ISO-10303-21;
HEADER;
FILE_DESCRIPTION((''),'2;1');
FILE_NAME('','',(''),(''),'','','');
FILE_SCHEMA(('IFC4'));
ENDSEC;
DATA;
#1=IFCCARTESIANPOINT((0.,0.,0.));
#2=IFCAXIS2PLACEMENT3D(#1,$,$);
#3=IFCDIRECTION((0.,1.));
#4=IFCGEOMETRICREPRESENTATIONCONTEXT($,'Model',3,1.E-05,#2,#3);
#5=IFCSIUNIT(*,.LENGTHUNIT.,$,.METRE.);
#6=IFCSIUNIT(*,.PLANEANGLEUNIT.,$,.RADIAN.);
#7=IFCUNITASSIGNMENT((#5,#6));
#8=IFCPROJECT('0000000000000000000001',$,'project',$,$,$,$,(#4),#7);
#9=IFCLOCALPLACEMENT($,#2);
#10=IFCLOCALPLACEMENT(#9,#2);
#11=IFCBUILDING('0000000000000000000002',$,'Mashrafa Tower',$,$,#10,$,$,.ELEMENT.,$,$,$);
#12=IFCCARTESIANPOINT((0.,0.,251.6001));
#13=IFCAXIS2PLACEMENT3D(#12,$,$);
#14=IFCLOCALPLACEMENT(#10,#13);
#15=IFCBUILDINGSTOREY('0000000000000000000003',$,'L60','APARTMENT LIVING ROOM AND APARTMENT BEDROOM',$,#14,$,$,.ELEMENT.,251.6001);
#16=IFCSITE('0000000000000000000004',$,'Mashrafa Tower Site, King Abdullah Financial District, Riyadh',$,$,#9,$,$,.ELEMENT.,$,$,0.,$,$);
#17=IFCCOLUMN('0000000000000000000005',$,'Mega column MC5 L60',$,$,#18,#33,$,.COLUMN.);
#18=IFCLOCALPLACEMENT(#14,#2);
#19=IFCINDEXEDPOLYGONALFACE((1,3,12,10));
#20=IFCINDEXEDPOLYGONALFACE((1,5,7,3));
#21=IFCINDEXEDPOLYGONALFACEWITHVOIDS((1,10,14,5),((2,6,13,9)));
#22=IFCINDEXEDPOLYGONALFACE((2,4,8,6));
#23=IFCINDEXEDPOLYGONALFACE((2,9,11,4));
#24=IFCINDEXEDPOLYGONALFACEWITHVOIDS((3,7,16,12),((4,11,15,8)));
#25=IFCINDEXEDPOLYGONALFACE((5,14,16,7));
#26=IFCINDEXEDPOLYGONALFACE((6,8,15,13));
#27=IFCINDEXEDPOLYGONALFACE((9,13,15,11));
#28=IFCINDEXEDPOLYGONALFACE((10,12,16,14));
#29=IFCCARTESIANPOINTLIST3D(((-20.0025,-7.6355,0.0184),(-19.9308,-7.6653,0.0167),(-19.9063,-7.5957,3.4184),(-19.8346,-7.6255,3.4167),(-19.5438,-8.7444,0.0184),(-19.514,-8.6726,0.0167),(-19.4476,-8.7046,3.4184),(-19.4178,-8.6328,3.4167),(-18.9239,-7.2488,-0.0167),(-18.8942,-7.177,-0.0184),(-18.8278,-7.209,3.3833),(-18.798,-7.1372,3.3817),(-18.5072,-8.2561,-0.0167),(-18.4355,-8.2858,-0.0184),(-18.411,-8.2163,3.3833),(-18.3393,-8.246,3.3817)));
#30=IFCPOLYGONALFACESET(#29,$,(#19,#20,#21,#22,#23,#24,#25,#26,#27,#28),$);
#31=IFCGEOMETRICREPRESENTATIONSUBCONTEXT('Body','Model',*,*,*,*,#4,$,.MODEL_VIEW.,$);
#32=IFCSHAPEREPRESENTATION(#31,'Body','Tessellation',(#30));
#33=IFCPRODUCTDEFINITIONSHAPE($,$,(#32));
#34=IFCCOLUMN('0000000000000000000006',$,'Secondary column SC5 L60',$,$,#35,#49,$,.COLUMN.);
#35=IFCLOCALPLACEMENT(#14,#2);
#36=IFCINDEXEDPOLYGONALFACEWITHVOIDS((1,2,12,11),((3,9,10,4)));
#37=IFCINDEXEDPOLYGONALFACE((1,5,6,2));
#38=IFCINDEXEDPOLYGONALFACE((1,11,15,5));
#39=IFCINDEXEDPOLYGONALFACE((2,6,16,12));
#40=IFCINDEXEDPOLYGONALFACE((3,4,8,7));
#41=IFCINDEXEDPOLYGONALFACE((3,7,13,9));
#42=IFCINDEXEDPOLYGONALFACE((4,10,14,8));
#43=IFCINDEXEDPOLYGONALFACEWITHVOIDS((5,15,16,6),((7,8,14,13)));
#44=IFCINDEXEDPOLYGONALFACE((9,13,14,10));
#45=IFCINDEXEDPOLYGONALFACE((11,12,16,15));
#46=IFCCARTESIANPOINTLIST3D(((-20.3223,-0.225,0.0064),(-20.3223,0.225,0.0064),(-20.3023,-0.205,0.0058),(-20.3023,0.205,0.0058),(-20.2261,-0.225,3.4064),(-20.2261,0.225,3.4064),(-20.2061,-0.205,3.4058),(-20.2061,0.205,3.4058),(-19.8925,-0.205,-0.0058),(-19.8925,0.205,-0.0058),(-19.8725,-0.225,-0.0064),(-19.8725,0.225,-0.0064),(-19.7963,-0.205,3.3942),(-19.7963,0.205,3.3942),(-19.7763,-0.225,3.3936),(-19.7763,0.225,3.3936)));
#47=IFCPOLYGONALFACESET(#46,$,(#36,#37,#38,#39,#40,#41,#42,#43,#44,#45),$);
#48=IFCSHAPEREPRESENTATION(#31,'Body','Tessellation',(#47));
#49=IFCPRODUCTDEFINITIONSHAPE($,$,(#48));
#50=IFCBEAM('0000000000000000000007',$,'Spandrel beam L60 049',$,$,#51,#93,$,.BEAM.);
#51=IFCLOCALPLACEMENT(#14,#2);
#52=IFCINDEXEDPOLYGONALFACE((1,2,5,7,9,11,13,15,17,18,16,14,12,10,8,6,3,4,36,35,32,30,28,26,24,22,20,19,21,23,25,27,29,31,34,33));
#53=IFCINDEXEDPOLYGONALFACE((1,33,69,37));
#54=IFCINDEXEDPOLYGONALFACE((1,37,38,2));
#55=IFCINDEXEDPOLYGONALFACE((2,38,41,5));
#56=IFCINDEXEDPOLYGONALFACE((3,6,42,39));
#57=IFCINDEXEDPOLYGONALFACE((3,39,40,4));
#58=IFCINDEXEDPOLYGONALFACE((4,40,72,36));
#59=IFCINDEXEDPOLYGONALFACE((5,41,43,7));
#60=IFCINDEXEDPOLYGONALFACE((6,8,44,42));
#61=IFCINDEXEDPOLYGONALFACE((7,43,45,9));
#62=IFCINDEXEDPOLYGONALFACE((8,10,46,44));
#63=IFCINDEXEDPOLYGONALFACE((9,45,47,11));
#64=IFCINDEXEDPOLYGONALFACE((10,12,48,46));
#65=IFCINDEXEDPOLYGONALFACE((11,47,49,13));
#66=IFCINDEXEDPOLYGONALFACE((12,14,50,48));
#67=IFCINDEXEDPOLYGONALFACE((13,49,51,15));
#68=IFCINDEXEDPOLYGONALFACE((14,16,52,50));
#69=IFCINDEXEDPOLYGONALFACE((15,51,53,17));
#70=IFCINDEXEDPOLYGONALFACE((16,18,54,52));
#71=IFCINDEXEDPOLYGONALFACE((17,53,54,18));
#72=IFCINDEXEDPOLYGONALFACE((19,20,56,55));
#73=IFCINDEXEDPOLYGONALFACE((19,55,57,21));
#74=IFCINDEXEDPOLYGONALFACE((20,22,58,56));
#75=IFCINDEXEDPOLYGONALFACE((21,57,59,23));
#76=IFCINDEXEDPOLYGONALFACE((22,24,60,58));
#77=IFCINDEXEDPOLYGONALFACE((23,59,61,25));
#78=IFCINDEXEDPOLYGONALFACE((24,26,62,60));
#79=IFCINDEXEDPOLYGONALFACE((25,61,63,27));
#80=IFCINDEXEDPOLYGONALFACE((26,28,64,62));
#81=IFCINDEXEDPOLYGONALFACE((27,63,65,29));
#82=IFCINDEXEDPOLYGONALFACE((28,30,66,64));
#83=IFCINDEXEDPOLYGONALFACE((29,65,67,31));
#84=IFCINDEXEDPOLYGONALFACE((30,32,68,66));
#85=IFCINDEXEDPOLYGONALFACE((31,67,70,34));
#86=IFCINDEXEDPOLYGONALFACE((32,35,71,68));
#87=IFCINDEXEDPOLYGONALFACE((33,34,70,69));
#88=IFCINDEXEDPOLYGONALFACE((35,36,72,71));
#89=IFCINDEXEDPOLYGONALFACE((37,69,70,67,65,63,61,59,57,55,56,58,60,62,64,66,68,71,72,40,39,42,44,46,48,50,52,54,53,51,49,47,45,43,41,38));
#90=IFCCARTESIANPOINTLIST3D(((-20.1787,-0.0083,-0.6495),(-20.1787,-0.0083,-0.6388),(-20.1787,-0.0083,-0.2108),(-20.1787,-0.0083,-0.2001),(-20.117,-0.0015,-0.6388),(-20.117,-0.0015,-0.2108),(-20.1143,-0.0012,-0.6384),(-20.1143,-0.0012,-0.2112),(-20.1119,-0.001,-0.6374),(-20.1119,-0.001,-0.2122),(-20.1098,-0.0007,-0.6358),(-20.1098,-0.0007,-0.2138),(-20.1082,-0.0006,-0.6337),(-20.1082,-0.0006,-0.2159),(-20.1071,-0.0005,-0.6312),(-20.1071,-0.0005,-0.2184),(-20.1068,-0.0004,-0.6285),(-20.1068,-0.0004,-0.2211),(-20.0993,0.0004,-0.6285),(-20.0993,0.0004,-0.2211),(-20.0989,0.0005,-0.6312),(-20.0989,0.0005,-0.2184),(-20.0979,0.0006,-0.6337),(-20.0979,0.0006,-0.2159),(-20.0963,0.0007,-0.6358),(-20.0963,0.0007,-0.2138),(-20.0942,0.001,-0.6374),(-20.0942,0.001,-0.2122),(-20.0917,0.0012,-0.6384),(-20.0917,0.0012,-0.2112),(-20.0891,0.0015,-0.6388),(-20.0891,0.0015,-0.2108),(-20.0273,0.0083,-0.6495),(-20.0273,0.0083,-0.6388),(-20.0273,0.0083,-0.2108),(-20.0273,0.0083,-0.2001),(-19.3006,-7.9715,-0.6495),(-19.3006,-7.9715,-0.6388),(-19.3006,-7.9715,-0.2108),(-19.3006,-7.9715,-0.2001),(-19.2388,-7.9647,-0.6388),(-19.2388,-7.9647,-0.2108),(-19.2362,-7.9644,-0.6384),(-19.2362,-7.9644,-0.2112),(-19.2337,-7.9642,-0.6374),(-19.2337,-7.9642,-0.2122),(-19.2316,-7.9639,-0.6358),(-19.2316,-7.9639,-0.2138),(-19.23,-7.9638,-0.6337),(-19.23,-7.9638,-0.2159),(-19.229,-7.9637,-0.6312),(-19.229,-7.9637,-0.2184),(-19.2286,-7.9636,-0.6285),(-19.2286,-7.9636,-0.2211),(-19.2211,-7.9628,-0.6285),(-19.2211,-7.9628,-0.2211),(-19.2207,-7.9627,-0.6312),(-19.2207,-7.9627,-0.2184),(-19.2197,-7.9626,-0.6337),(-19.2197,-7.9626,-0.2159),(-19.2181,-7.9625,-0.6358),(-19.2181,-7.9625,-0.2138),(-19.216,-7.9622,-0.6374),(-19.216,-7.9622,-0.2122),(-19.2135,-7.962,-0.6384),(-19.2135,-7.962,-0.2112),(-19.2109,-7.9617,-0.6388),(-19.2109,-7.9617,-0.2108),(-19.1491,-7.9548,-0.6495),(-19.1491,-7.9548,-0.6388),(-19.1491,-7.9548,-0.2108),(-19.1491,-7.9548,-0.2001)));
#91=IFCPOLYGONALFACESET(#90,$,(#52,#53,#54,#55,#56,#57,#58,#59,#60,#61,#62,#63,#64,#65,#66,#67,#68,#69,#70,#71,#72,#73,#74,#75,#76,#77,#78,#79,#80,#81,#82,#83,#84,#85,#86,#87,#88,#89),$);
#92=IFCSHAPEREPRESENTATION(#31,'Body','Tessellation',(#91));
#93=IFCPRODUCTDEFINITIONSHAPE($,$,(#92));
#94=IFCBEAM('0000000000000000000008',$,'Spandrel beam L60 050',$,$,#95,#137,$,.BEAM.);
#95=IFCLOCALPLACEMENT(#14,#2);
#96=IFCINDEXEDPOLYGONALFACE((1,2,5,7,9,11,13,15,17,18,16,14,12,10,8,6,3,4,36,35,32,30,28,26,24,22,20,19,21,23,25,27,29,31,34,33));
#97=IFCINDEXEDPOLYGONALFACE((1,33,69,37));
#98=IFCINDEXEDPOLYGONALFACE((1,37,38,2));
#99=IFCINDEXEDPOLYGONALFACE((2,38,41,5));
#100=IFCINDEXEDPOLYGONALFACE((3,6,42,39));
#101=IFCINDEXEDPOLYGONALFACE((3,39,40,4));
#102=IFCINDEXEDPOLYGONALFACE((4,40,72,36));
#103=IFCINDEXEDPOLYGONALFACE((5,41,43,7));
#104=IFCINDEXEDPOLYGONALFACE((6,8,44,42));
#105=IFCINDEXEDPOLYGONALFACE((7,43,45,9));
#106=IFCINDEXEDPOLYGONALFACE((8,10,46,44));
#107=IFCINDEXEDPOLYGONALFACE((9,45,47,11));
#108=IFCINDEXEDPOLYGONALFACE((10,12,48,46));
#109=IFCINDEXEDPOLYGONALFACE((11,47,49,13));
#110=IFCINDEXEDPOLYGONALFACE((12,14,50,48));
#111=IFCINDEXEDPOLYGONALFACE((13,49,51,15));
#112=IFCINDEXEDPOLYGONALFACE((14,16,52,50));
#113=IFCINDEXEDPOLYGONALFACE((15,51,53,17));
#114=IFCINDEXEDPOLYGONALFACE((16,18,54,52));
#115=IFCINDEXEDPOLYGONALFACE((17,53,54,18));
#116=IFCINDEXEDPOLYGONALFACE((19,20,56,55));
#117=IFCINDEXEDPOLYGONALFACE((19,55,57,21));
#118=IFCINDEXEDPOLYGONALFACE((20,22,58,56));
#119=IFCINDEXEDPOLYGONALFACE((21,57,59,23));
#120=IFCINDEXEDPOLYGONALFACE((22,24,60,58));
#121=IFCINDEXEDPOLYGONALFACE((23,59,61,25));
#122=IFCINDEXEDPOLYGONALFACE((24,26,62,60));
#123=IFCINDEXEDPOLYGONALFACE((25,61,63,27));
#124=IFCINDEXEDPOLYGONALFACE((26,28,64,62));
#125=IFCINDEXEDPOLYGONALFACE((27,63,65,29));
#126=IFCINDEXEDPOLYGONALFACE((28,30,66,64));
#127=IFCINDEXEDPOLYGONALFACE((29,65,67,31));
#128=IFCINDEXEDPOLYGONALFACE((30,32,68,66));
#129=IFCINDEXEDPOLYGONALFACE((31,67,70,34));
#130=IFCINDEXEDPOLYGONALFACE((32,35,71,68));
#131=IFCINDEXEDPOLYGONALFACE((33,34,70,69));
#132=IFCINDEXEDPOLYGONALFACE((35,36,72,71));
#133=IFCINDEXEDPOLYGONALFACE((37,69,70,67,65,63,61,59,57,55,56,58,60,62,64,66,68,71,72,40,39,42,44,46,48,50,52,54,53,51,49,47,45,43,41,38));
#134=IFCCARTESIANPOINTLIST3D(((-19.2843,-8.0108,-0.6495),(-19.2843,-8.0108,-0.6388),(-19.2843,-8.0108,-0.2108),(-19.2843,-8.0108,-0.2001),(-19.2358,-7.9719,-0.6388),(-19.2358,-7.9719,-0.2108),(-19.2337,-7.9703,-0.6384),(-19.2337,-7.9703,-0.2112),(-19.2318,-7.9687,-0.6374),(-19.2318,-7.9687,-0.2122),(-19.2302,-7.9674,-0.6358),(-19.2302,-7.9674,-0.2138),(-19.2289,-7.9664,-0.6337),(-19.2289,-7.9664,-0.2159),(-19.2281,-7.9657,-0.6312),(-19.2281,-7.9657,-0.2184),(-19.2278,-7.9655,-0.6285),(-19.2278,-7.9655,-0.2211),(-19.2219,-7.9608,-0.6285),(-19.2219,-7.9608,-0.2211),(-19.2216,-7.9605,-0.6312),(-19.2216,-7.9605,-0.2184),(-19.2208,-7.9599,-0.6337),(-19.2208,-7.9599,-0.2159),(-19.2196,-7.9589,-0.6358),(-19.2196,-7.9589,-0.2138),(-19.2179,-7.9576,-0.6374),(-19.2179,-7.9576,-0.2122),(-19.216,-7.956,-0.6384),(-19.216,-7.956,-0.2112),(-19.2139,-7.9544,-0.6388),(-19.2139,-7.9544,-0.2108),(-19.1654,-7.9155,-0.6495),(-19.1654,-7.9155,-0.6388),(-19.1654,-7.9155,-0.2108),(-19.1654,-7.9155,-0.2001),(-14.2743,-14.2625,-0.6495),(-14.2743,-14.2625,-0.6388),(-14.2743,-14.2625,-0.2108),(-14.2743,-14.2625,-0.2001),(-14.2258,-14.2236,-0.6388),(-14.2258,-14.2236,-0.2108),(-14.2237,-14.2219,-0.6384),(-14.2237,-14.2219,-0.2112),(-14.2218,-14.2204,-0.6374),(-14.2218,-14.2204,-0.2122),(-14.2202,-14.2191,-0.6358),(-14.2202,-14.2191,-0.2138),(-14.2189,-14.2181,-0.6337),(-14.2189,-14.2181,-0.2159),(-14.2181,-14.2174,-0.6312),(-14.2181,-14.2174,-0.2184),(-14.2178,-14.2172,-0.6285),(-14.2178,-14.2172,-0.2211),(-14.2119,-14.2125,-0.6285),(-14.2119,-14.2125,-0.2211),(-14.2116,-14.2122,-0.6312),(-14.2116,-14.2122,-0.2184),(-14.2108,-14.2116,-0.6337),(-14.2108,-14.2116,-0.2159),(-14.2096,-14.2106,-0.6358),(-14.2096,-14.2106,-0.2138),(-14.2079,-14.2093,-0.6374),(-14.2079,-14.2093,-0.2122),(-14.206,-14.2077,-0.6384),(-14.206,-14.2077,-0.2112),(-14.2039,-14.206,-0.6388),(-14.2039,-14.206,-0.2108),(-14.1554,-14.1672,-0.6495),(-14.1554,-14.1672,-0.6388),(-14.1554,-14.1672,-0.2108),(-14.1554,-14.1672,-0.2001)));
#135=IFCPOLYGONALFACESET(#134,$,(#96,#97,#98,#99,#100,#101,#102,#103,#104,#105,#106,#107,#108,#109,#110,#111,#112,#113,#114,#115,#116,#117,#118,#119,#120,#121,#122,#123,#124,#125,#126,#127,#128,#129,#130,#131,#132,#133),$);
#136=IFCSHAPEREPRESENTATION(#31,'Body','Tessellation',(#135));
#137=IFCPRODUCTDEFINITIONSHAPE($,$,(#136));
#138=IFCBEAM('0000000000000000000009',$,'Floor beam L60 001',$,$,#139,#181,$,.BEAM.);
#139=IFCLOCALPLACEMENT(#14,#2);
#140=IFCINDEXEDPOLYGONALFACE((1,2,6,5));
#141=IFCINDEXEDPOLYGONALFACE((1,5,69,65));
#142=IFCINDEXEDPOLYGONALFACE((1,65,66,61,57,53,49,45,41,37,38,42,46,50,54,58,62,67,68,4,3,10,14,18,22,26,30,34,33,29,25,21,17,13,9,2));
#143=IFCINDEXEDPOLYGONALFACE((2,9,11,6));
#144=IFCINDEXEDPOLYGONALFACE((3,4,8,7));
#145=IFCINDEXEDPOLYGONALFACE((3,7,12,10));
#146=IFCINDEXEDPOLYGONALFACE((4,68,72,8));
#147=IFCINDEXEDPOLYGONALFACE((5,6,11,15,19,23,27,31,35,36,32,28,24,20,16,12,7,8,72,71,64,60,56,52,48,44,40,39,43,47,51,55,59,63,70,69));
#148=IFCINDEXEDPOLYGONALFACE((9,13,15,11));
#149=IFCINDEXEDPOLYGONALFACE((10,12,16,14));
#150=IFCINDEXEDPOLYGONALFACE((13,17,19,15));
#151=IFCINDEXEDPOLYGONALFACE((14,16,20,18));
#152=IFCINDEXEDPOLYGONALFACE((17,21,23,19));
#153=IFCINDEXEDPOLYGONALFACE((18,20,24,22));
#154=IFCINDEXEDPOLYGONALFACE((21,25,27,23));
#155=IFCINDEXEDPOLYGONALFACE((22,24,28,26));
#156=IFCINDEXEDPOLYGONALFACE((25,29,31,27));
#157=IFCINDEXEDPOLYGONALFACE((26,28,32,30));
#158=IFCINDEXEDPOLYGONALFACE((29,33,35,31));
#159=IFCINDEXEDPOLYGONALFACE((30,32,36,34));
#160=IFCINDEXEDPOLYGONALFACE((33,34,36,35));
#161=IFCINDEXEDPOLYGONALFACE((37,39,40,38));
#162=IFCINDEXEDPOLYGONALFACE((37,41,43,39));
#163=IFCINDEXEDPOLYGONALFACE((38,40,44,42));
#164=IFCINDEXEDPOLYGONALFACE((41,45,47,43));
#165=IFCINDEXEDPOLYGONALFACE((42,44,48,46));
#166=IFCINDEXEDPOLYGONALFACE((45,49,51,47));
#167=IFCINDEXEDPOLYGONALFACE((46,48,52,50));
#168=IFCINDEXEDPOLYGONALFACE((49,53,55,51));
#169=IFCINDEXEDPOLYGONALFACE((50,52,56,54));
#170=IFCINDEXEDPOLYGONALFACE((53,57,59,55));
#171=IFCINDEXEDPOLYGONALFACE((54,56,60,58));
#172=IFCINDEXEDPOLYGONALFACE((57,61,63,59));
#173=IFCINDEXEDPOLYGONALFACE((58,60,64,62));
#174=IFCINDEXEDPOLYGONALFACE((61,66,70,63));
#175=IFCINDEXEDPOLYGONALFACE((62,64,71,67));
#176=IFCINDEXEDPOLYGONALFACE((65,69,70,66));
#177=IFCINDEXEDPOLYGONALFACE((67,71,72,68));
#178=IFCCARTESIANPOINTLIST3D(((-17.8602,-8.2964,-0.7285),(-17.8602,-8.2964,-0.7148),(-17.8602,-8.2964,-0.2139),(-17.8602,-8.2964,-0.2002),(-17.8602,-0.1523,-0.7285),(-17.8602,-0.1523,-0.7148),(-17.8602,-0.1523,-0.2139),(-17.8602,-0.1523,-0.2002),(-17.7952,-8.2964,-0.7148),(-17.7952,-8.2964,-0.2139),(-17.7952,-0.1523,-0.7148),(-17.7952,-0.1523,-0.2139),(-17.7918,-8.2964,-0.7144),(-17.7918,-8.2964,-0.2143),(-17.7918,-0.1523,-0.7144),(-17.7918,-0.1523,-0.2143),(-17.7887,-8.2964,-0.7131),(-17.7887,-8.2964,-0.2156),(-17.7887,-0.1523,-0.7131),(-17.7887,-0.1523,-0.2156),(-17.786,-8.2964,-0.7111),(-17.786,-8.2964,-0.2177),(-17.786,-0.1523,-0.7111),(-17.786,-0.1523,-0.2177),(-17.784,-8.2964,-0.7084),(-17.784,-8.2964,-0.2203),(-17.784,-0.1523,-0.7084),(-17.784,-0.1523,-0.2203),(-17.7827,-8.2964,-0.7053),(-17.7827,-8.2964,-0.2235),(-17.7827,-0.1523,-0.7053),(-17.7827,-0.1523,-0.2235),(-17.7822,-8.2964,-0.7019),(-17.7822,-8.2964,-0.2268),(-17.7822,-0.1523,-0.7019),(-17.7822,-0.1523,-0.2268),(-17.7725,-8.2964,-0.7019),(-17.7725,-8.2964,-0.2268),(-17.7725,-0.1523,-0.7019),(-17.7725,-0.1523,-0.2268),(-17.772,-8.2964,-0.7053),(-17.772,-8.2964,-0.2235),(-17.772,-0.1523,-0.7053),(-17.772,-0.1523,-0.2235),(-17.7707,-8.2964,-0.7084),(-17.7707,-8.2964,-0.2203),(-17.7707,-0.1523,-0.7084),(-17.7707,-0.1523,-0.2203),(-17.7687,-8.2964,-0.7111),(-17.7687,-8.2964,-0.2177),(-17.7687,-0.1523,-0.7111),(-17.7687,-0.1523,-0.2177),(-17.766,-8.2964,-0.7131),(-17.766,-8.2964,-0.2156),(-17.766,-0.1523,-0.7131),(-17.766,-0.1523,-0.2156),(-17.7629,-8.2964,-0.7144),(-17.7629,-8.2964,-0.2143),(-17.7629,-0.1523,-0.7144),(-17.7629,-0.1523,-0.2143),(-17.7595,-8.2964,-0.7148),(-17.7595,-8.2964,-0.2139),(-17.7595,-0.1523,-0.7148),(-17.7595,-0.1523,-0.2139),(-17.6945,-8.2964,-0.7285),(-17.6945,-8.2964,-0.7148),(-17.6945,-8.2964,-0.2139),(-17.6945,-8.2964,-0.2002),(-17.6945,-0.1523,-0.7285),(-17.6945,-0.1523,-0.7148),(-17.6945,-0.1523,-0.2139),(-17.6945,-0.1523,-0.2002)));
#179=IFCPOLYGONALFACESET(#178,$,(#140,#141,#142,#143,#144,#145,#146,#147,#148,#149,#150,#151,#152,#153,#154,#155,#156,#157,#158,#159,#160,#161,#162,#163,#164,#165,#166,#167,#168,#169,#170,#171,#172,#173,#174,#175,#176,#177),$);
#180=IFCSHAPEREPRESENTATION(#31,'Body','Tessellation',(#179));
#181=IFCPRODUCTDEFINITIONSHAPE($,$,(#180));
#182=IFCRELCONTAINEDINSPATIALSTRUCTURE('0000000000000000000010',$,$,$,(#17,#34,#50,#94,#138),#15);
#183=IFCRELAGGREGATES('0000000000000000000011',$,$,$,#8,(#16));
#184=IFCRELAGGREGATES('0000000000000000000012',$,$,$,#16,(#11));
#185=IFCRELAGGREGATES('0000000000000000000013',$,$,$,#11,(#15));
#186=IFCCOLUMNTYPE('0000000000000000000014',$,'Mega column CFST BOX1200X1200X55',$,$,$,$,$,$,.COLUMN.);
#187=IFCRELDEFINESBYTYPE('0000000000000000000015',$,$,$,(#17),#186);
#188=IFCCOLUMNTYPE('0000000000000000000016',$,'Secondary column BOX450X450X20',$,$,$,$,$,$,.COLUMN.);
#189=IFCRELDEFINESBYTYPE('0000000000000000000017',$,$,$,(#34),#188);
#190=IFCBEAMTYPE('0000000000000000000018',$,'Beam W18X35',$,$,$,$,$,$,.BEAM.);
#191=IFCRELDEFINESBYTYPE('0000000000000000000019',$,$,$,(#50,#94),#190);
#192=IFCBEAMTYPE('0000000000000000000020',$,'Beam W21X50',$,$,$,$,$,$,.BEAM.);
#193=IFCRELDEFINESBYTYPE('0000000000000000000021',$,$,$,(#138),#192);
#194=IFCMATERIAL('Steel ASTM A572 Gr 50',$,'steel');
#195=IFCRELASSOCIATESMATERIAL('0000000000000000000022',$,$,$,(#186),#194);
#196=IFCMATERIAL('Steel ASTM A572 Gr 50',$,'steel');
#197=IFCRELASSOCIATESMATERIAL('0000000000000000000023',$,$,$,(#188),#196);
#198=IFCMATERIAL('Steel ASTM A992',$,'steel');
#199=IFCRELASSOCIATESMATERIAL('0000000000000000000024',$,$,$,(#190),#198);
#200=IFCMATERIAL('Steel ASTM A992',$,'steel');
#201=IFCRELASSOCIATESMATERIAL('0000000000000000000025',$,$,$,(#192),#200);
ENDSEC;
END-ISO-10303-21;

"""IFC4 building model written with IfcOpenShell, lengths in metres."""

from ifc_helpers import new_model, si_unit, direction, frame, origin, origin_2d, place, context, subcontext, project, spatial, hollow_rectangle, i_section, extrude, material, material_profile, profile_set, type_object, element, save


model = new_model("IFC4")

# Units and contexts
model_context = context("Model", 3, precision=1e-05, world=origin(), true_north=direction((0.0, 1.0)))
body_context = subcontext(model_context, "Body", "Model", "MODEL_VIEW")
ifc_project = project(units=[si_unit("LENGTHUNIT", "METRE"), si_unit("PLANEANGLEUNIT", "RADIAN")], contexts=[model_context])

# Site, building, storey
site_placement = place(None, origin())
site = spatial("IfcSite", under=ifc_project, at=site_placement, Name="Mashrafa Tower Site, King Abdullah Financial District, Riyadh", CompositionType="ELEMENT", RefElevation=0.0)
building_placement = place(site_placement, origin())
building = spatial("IfcBuilding", under=site, at=building_placement, Name="Mashrafa Tower", CompositionType="ELEMENT")
storey_placement = place(building_placement, frame((0.0, 0.0, 251.6001)))
storey = spatial("IfcBuildingStorey", under=building, at=storey_placement, Name="L60", Description="APARTMENT LIVING ROOM AND APARTMENT BEDROOM", CompositionType="ELEMENT", Elevation=251.6001)

# Columns
ifc_material_1 = material(Name="Steel ASTM A572 Gr 50", Category="steel")
ifc_material_profile_1 = material_profile(ifc_material_1, hollow_rectangle(XDim=1.2, YDim=1.2, WallThickness=0.0549, at=origin_2d()), Name="BOX1200X1200X55")
ifc_profile_set_1 = profile_set([ifc_material_profile_1], Name="Steel ASTM A572 Gr 50")
column_type_1 = type_object("IfcColumnType", Name="Mega column CFST BOX1200X1200X55", PredefinedType="COLUMN", material=ifc_profile_set_1)
column_1_placement = place(storey_placement, frame((-19.219, -7.9607, 0.0), z_axis=(0.028279, 0.011699, 0.999532), x_axis=(-0.382283, 0.924045, 0.0)))
element("IfcColumn", 1, at=column_1_placement, inside=storey, type_object=column_type_1, Name="Mega column MC5 L60", PredefinedType="COLUMN", context=body_context, shape_type="SweptSolid", body=[
    extrude(hollow_rectangle(XDim=1.2, YDim=1.2, WallThickness=0.0549, at=origin_2d()), origin(), (0.0, 0.0, 1.0), 3.4016),
])
ifc_material_2 = material(Name="Steel ASTM A572 Gr 50", Category="steel")
ifc_material_profile_2 = material_profile(ifc_material_2, hollow_rectangle(XDim=0.45, YDim=0.45, WallThickness=0.02, at=origin_2d()), Name="BOX450X450X20")
ifc_profile_set_2 = profile_set([ifc_material_profile_2], Name="Steel ASTM A572 Gr 50")
column_type_2 = type_object("IfcColumnType", Name="Secondary column BOX450X450X20", PredefinedType="COLUMN", material=ifc_profile_set_2)
column_2_placement = place(storey_placement, frame((-20.0974, 0.0, 0.0), z_axis=(0.028281, 0.0, 0.9996), x_axis=(0.0, 1.0, 0.0)))
element("IfcColumn", 2, at=column_2_placement, inside=storey, type_object=column_type_2, Name="Secondary column SC5 L60", PredefinedType="COLUMN", context=body_context, shape_type="SweptSolid", body=[
    extrude(hollow_rectangle(XDim=0.45, YDim=0.45, WallThickness=0.02, at=origin_2d()), origin(), (0.0, 0.0, 1.0), 3.4014),
])

# Beams
ifc_material_3 = material(Name="Steel ASTM A992", Category="steel")
ifc_material_profile_3 = material_profile(ifc_material_3, i_section(OverallWidth=0.1523, OverallDepth=0.4495, WebThickness=0.0076, FlangeThickness=0.0107, FilletRadius=0.0103, at=origin_2d()), Name="W18X35")
ifc_profile_set_3 = profile_set([ifc_material_profile_3], Name="Steel ASTM A992")
beam_type_1 = type_object("IfcBeamType", Name="Beam W18X35", PredefinedType="BEAM", material=ifc_profile_set_3)
for number, where, z_axis, x_axis, name in (
    (3, (-20.103, 0.0, -0.4248), (0.109615, -0.993974, 0.0), (0.993974, 0.109615, 0.0), "Spandrel beam L60 049"),
    (4, (-19.2249, -7.9631, -0.4248), (0.625353, -0.780342, 0.0), (0.780342, 0.625353, 0.0), "Spandrel beam L60 050"),
):
    element("IfcBeam", number, at=place(storey_placement, frame(where, z_axis=z_axis, x_axis=x_axis)), inside=storey, type_object=beam_type_1, Name=name, PredefinedType="BEAM", context=body_context, shape_type="SweptSolid", body=[
        extrude(i_section(OverallWidth=0.1523, OverallDepth=0.4495, WebThickness=0.0076, FlangeThickness=0.0107, FilletRadius=0.0103, at=origin_2d()), origin(), (0.0, 0.0, 1.0), 8.0115),
    ])
ifc_material_4 = material(Name="Steel ASTM A992", Category="steel")
ifc_material_profile_4 = material_profile(ifc_material_4, i_section(OverallWidth=0.1658, OverallDepth=0.5283, WebThickness=0.0098, FlangeThickness=0.0137, FilletRadius=0.0129, at=origin_2d()), Name="W21X50")
ifc_profile_set_4 = profile_set([ifc_material_profile_4], Name="Steel ASTM A992")
beam_type_2 = type_object("IfcBeamType", Name="Beam W21X50", PredefinedType="BEAM", material=ifc_profile_set_4)
beam_placement = place(storey_placement, frame((-17.7773, -8.2964, -0.4644), z_axis=(0.0, 1.0, 0.0), x_axis=(-1.0, 0.0, 0.0)))
element("IfcBeam", 5, at=beam_placement, inside=storey, type_object=beam_type_2, Name="Floor beam L60 001", PredefinedType="BEAM", context=body_context, shape_type="SweptSolid", body=[
    extrude(i_section(OverallWidth=0.1658, OverallDepth=0.5283, WebThickness=0.0098, FlangeThickness=0.0137, FilletRadius=0.0129, at=origin_2d()), origin(), (0.0, 0.0, 1.0), 8.144),
])

save(model, "model.ifc")
